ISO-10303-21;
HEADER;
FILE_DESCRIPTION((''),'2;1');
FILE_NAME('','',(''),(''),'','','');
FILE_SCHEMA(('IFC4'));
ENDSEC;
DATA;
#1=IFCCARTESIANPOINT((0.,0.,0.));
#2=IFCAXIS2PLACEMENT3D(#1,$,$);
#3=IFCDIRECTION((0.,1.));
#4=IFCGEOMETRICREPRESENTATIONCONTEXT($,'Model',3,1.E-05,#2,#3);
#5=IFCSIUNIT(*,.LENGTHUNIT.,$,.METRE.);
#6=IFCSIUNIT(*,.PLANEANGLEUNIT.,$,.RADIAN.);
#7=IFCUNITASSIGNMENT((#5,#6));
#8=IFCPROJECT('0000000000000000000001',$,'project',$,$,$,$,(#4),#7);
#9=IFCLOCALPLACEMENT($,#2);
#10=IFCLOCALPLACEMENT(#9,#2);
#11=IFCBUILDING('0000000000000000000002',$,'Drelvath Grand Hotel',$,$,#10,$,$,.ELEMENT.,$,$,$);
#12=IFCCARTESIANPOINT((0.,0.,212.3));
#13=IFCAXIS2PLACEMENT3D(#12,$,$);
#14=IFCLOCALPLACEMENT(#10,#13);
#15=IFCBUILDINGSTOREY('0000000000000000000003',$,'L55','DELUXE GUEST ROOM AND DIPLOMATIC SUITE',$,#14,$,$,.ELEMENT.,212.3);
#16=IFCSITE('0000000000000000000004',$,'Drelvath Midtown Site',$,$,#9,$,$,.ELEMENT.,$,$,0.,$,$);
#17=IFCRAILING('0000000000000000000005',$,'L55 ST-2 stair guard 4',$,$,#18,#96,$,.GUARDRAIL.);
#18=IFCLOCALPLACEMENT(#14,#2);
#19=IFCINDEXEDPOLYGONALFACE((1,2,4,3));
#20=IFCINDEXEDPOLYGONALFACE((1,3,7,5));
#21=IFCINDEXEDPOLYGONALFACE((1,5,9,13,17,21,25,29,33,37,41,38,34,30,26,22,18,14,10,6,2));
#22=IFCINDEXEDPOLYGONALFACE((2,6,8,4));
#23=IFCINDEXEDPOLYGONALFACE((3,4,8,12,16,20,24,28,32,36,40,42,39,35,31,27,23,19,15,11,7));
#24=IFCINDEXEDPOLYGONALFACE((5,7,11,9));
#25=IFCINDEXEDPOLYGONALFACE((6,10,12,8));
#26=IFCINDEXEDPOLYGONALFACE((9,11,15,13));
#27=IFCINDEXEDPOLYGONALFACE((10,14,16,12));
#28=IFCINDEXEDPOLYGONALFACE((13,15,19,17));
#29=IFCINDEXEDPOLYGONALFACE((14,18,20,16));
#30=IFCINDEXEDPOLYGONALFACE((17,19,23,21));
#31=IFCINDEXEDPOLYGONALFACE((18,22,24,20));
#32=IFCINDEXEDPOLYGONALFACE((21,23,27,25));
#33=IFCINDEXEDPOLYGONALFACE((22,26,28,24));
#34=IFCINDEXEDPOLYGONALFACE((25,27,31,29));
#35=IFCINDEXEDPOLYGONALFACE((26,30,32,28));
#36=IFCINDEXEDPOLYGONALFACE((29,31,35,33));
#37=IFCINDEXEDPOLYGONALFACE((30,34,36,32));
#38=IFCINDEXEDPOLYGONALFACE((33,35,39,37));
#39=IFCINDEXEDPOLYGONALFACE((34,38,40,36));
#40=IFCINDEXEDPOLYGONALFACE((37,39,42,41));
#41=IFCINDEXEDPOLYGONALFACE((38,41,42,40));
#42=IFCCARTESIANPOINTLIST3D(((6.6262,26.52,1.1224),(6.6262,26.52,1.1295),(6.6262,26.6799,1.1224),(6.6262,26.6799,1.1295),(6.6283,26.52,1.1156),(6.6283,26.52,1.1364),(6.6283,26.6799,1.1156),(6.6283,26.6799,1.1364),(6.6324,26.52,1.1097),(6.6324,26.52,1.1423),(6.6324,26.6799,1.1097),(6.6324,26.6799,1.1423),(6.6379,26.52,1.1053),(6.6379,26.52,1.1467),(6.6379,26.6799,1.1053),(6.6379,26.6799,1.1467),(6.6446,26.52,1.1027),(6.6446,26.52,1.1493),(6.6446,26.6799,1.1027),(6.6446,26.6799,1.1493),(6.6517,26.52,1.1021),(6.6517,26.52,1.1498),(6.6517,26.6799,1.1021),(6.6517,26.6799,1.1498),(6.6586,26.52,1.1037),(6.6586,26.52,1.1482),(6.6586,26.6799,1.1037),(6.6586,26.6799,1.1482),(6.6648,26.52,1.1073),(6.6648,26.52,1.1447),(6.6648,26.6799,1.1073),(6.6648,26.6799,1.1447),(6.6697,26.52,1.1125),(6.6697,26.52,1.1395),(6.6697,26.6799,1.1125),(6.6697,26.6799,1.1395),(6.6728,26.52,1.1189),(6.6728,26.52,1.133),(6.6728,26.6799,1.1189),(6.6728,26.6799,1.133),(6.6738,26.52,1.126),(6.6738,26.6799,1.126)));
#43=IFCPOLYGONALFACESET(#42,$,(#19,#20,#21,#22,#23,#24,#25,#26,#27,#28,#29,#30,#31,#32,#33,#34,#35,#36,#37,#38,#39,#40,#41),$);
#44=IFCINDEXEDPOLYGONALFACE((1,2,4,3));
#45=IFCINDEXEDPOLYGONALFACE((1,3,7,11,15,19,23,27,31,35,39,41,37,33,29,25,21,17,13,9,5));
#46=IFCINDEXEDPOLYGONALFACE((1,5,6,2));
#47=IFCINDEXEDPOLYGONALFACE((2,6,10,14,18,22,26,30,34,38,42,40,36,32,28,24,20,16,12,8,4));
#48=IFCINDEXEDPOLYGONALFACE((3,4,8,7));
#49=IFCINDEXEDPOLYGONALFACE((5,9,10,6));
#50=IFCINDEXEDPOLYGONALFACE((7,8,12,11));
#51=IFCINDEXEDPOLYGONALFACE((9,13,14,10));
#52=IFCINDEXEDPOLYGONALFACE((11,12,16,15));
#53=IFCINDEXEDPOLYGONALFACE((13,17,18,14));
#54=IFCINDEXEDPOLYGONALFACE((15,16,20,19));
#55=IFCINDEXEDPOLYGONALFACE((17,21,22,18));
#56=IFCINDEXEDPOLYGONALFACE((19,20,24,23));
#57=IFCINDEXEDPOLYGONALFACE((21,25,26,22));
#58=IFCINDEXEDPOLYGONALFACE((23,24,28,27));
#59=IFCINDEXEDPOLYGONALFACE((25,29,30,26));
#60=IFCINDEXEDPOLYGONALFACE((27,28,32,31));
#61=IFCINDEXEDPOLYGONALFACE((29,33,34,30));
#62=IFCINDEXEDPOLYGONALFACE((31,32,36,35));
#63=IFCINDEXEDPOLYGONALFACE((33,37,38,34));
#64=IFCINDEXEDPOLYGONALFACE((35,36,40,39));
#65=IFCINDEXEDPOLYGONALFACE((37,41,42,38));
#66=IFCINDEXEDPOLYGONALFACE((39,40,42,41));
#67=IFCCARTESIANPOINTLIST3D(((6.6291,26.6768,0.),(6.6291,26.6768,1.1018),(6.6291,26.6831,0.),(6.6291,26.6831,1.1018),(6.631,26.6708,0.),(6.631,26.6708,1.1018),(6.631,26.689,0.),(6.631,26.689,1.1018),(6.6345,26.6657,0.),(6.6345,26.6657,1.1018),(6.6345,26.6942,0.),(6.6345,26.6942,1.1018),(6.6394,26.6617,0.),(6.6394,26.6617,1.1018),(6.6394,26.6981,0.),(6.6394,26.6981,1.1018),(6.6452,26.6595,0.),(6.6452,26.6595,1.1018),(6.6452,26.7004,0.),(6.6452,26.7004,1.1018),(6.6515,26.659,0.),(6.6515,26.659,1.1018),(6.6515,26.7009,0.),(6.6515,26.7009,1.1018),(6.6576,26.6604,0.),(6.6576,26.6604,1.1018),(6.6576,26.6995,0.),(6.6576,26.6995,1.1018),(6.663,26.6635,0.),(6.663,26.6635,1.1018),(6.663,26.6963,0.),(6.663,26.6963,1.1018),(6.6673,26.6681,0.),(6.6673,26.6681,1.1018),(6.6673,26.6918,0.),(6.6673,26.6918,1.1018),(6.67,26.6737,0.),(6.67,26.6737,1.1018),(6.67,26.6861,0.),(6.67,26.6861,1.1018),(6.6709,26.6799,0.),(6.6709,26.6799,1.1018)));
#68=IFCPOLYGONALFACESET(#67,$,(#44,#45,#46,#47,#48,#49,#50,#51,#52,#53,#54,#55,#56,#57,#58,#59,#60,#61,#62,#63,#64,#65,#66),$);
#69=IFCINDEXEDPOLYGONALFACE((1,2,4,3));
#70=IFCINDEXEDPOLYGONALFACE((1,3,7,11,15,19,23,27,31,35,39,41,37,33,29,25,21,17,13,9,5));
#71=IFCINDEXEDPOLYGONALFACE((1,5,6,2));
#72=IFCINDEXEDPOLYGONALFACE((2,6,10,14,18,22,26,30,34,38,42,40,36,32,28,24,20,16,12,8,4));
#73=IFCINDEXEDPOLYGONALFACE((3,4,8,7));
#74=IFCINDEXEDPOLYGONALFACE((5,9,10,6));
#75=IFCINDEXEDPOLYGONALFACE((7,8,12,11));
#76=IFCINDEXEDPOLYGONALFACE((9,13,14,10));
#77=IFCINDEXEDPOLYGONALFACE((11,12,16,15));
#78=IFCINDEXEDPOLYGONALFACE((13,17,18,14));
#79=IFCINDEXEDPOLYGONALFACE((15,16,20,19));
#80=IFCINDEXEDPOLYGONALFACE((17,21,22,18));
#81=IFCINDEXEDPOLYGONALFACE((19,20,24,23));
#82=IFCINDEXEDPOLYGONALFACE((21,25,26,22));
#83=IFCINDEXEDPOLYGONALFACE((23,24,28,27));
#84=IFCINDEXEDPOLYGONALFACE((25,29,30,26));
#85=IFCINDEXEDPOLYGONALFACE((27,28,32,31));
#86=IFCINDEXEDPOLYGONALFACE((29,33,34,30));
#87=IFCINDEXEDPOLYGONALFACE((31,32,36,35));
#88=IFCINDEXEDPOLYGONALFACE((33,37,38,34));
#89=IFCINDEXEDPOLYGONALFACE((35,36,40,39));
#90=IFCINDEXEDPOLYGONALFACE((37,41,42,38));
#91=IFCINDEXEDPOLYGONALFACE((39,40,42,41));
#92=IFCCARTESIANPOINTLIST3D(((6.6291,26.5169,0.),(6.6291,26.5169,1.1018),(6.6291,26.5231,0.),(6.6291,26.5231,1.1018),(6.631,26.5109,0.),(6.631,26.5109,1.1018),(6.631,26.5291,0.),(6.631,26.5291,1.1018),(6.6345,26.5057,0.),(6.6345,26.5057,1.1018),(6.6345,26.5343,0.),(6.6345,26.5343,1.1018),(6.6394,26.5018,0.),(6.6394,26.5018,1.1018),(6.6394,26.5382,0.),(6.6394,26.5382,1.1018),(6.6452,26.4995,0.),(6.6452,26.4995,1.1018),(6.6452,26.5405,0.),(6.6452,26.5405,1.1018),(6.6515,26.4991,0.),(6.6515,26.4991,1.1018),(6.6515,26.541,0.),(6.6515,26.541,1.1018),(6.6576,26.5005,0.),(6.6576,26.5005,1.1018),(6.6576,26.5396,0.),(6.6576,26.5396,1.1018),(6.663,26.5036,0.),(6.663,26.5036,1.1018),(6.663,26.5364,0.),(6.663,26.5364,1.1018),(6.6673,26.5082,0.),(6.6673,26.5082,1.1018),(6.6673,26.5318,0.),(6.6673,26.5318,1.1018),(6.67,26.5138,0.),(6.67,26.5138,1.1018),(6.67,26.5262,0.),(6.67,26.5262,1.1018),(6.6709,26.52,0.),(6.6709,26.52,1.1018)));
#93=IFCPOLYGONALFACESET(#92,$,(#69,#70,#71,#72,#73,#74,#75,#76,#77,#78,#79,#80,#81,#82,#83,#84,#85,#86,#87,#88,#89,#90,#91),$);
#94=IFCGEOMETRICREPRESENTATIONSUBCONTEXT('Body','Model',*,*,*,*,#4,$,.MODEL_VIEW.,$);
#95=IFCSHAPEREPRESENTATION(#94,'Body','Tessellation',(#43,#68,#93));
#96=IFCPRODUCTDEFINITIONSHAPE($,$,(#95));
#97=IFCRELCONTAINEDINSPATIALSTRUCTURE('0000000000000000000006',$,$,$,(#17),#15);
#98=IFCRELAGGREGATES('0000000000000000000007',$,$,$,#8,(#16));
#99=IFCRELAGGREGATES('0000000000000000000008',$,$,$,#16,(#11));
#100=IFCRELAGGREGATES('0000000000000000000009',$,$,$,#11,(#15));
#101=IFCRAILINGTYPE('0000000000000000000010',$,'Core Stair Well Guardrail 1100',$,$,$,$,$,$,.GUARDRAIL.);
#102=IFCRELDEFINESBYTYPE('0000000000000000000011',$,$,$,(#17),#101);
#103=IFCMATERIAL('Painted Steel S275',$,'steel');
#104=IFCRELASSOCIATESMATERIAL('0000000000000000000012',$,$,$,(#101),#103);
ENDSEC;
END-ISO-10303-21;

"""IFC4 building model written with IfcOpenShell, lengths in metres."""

from ifc_helpers import new_model, si_unit, direction, frame, origin, origin_2d, place, context, subcontext, project, spatial, circle, extrude, material, type_object, element, save


model = new_model("IFC4")

# Units and contexts
model_context = context("Model", 3, precision=1e-05, world=origin(), true_north=direction((0.0, 1.0)))
body_context = subcontext(model_context, "Body", "Model", "MODEL_VIEW")
ifc_project = project(units=[si_unit("LENGTHUNIT", "METRE"), si_unit("PLANEANGLEUNIT", "RADIAN")], contexts=[model_context])

# Site, building, storey
site_placement = place(None, origin())
site = spatial("IfcSite", under=ifc_project, at=site_placement, Name="Drelvath Midtown Site", CompositionType="ELEMENT", RefElevation=0.0)
building_placement = place(site_placement, origin())
building = spatial("IfcBuilding", under=site, at=building_placement, Name="Drelvath Grand Hotel", CompositionType="ELEMENT")
storey_placement = place(building_placement, frame((0.0, 0.0, 212.3)))
storey = spatial("IfcBuildingStorey", under=building, at=storey_placement, Name="L55", Description="DELUXE GUEST ROOM AND DIPLOMATIC SUITE", CompositionType="ELEMENT", Elevation=212.3)

# Railing
ifc_material_1 = material(Name="Painted Steel S275", Category="steel")
railing_type_1 = type_object("IfcRailingType", Name="Core Stair Well Guardrail 1100", PredefinedType="GUARDRAIL", material=ifc_material_1)
railing_1_placement = place(storey_placement, frame((6.6499, 26.6799, 0.0)))
element("IfcRailing", 1, at=railing_1_placement, inside=storey, type_object=railing_type_1, Name="L55 ST-2 stair guard 4", PredefinedType="GUARDRAIL", context=body_context, shape_type="SweptSolid", body=[
    extrude(circle(Radius=0.0239, at=origin_2d()), frame((0.0, 0.0, 1.126), z_axis=(0.0, -1.0, 0.0), x_axis=(1.0, 0.0, 0.0)), (0.0, 0.0, 1.0), 0.1599),
    extrude(circle(Radius=0.021, at=origin_2d()), origin(), (0.0, 0.0, 1.0), 1.1018),
    extrude(circle(Radius=0.021, at=origin_2d()), frame((0.0, -0.1599, 0.0)), (0.0, 0.0, 1.0), 1.1018),
])

save(model, "model.ifc")
